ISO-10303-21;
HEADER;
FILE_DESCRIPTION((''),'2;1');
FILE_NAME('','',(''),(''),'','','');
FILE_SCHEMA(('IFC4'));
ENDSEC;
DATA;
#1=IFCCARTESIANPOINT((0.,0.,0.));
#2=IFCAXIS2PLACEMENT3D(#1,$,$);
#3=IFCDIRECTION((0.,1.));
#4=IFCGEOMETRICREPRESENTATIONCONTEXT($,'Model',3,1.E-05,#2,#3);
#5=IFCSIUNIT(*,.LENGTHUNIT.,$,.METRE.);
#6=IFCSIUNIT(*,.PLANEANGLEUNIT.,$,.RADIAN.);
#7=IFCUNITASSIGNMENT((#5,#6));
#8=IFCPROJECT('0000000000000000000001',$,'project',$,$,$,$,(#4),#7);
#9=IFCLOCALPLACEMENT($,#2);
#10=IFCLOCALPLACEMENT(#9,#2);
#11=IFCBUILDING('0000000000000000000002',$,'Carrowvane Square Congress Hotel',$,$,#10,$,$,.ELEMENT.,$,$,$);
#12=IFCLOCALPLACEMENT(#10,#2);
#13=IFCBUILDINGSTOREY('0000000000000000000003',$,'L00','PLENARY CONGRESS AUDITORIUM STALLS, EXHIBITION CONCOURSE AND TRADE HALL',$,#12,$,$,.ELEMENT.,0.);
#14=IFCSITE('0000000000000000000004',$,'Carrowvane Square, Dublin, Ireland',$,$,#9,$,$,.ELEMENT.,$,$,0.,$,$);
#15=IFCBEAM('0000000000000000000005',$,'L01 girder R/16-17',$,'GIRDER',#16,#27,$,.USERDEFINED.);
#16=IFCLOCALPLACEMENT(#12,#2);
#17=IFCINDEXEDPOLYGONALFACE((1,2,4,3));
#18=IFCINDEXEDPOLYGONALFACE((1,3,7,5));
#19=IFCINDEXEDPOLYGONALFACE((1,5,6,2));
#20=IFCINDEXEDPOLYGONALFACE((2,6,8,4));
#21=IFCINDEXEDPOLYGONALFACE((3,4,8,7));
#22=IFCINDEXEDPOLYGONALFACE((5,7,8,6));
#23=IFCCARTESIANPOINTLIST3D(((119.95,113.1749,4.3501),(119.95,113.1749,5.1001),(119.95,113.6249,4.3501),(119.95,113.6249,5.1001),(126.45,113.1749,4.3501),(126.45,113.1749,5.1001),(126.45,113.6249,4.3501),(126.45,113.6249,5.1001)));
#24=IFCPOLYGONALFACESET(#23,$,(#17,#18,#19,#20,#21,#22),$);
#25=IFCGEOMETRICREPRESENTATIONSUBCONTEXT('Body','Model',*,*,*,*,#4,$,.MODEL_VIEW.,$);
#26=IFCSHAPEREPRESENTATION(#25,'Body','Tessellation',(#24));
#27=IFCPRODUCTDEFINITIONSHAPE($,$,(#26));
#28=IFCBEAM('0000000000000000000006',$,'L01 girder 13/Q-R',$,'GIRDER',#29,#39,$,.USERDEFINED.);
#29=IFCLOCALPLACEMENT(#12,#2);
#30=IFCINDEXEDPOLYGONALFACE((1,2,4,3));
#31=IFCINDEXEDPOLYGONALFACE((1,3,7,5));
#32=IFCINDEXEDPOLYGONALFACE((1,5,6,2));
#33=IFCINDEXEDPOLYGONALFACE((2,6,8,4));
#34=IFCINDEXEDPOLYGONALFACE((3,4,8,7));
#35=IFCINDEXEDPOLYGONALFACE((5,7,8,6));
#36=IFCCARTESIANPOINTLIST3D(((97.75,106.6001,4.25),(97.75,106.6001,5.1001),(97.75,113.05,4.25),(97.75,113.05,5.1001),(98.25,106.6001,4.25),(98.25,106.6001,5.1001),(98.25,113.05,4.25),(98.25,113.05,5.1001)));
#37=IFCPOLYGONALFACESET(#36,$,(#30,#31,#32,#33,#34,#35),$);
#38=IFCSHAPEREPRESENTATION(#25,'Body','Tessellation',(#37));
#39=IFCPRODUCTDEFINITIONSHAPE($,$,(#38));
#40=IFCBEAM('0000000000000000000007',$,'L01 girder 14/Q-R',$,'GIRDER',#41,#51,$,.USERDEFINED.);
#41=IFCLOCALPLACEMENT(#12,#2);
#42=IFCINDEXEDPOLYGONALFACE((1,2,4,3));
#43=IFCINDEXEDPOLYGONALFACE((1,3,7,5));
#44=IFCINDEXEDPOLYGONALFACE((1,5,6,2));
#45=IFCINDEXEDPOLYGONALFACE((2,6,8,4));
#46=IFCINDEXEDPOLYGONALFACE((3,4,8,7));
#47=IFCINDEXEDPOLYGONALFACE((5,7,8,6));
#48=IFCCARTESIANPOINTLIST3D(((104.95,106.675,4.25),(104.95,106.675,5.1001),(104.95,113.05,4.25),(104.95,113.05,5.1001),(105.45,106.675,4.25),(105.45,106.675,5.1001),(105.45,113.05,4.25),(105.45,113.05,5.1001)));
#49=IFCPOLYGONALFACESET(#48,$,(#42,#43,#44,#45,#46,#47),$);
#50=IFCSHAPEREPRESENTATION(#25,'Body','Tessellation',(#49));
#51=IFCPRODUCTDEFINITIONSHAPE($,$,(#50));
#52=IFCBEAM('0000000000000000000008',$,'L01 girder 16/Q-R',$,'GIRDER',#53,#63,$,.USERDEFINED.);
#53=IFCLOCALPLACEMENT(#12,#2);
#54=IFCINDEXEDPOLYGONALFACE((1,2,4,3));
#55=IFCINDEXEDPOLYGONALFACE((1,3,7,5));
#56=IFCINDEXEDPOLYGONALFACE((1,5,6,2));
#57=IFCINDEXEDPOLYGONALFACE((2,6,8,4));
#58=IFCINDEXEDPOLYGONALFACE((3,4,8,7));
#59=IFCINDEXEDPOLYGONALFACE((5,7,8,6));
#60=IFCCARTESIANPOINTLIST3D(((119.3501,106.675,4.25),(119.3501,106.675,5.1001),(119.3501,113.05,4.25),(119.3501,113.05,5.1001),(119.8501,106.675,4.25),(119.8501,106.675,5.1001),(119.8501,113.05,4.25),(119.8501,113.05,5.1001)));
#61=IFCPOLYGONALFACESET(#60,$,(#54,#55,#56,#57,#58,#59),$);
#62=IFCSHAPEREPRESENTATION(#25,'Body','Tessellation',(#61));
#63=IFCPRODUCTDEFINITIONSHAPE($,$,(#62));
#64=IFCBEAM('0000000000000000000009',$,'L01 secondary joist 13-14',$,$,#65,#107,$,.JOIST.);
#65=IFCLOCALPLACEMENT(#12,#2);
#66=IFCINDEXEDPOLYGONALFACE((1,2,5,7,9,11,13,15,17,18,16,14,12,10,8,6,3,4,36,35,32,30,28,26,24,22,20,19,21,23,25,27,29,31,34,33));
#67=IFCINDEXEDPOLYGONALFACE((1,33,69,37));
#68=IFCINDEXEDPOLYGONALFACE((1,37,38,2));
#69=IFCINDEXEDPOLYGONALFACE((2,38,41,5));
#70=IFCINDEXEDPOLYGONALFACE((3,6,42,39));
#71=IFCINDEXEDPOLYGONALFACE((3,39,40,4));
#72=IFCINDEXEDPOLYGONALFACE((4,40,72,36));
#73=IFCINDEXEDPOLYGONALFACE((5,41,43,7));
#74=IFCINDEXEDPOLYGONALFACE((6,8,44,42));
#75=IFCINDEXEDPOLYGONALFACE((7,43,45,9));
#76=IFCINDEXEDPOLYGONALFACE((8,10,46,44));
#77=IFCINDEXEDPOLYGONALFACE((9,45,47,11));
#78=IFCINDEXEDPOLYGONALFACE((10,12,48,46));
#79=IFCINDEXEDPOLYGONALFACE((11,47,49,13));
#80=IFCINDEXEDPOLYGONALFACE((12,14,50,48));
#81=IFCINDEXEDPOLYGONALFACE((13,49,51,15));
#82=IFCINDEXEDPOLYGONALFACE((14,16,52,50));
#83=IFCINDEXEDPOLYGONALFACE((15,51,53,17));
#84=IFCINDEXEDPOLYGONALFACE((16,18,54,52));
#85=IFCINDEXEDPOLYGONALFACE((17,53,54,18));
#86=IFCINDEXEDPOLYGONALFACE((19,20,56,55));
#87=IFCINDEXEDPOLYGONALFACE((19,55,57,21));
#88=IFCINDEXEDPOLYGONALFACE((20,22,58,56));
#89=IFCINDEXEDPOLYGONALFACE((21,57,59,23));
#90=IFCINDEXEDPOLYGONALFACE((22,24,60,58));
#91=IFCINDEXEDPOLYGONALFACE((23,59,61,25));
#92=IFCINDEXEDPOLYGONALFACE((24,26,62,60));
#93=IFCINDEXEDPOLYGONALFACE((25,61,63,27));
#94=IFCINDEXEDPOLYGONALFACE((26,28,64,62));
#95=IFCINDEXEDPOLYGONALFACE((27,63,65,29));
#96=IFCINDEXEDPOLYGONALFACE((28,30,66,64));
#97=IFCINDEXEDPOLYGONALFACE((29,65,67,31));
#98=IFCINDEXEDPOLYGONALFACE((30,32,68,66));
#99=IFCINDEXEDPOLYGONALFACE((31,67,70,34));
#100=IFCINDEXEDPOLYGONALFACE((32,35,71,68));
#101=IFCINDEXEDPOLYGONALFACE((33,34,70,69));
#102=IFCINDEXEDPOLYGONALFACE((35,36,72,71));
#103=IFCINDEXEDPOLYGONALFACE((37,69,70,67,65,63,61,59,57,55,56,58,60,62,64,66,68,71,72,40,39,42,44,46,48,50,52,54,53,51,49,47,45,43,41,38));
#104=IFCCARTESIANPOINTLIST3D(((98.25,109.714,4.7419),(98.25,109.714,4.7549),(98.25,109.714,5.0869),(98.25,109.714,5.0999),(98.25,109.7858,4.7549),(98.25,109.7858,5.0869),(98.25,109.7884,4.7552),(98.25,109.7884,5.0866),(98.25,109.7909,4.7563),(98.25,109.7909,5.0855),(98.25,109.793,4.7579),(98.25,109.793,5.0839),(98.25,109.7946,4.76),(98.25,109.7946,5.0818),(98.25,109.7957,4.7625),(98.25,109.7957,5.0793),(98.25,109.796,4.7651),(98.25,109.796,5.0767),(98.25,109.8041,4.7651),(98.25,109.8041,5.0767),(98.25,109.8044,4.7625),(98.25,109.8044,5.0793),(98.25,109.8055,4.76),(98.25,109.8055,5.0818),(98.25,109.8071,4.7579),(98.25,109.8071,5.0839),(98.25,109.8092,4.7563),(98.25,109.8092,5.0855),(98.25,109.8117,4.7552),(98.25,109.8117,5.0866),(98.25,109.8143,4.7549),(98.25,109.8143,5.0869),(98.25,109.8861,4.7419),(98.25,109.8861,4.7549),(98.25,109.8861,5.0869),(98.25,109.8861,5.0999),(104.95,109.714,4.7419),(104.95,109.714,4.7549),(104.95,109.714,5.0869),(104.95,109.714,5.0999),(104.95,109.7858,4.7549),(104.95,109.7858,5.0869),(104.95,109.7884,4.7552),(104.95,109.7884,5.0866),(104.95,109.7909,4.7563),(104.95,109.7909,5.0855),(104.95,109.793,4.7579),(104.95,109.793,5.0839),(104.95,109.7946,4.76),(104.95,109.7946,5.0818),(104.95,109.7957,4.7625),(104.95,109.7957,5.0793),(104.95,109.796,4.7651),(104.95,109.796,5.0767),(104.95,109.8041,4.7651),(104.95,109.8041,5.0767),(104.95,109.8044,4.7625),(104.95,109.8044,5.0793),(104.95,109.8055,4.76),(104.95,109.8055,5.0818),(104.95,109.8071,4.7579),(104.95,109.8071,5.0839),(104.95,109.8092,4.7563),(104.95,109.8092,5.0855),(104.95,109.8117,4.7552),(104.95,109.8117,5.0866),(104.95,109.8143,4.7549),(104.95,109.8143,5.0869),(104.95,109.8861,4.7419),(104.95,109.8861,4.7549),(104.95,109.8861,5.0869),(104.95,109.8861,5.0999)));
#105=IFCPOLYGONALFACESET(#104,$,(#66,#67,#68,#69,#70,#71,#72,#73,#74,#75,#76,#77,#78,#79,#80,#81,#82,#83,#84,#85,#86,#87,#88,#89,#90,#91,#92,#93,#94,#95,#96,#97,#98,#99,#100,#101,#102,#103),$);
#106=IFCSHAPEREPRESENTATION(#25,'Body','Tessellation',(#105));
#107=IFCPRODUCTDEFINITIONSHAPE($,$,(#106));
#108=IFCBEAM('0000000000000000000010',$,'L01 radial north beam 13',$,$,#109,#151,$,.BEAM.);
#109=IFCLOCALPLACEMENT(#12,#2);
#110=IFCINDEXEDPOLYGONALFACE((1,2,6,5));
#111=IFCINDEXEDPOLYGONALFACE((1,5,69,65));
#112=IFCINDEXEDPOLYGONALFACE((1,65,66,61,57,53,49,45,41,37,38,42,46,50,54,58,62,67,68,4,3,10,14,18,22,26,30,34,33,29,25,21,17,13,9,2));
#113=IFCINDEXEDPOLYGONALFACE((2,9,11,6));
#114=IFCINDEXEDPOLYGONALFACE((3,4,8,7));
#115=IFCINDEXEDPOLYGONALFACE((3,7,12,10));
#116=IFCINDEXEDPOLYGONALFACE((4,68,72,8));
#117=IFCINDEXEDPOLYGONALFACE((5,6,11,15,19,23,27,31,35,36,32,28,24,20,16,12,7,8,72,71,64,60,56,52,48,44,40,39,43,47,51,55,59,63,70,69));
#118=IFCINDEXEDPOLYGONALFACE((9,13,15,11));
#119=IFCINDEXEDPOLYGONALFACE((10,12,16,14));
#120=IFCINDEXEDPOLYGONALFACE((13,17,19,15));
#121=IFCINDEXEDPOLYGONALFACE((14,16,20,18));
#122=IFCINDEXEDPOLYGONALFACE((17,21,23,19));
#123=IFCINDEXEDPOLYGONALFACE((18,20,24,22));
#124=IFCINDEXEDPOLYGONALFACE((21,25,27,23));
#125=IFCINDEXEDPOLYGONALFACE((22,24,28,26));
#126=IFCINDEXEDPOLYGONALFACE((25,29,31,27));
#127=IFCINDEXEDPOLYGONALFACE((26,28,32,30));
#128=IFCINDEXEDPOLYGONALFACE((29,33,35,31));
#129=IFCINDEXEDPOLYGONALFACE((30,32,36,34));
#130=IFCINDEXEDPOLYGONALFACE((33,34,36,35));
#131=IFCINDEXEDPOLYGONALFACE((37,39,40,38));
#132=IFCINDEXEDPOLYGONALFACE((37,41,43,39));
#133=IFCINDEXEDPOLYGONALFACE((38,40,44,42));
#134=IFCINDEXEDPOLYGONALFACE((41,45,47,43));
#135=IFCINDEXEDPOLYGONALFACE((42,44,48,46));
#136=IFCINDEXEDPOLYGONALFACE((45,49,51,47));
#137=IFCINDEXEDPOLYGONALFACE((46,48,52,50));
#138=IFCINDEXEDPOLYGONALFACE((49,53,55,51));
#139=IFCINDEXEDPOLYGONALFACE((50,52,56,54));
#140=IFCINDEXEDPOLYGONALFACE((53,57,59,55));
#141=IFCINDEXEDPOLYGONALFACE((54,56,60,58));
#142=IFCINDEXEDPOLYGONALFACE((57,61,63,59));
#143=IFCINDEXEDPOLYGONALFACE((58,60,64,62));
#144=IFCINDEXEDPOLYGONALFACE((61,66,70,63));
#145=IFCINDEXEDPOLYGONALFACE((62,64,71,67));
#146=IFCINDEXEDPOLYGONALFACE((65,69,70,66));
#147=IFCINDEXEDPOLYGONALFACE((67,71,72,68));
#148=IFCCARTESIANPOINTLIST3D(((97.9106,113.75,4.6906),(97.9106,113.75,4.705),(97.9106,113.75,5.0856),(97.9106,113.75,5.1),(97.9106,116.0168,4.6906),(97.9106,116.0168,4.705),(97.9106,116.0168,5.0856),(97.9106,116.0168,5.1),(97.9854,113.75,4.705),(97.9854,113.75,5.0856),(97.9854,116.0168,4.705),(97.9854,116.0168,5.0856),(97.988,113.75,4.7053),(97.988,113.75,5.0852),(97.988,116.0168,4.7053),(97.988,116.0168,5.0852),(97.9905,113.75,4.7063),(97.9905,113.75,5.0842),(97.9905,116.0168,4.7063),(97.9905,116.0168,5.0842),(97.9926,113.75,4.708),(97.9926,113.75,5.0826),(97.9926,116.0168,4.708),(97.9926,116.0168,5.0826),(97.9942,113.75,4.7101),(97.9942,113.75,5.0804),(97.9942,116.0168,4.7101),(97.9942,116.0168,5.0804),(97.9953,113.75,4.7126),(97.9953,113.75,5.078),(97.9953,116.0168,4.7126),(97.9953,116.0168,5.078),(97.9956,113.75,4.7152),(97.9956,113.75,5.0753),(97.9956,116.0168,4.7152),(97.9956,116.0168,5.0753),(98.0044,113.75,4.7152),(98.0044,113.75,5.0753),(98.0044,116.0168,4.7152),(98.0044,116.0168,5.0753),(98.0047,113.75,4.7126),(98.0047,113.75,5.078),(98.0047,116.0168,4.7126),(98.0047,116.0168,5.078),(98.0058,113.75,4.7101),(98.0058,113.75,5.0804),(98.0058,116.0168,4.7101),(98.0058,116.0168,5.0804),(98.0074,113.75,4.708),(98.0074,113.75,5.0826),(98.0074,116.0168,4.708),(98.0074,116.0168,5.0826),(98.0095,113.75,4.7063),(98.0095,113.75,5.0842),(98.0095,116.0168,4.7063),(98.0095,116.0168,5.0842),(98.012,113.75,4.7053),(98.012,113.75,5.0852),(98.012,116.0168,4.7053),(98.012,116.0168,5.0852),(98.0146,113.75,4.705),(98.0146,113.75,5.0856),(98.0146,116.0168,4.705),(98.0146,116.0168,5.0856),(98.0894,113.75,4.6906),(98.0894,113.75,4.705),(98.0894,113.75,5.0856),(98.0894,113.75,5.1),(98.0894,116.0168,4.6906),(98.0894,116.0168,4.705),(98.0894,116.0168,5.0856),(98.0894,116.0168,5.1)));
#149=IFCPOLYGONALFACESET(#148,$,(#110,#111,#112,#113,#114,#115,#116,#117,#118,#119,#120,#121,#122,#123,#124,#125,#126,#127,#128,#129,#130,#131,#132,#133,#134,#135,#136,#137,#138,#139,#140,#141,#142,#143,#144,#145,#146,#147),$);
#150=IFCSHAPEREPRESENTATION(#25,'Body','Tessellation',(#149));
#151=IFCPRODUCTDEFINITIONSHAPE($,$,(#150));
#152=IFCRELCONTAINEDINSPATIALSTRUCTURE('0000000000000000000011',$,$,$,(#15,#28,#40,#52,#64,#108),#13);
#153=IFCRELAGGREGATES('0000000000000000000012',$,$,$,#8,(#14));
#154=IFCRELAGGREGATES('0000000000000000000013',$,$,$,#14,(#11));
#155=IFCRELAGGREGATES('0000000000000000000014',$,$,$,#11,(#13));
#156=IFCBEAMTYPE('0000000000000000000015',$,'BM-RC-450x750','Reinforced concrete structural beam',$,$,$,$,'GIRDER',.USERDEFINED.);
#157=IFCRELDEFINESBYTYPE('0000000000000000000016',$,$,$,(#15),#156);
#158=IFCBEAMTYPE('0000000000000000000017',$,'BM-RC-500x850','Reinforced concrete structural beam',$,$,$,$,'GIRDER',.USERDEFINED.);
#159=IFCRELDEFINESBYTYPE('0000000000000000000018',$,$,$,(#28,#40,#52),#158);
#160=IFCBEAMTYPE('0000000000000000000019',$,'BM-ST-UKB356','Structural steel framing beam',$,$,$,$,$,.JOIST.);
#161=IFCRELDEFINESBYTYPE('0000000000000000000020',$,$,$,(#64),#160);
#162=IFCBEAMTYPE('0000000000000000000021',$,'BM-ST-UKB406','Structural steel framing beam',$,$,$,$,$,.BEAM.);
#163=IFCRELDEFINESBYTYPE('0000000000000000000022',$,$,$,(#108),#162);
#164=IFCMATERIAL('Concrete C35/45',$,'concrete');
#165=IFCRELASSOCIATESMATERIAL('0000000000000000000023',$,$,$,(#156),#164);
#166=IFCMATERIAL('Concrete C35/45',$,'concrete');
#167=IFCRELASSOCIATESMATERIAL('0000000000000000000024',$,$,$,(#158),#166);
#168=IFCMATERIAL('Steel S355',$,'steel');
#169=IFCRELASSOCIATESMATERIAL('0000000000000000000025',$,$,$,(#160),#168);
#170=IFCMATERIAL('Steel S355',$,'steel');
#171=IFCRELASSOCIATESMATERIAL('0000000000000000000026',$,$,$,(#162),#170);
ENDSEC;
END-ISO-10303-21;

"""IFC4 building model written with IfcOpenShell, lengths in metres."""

from ifc_helpers import new_model, si_unit, direction, frame, origin, origin_2d, place, context, subcontext, project, spatial, rectangle, i_section, extrude, material, material_profile, profile_set, type_object, element, save


model = new_model("IFC4")

# Units and contexts
model_context = context("Model", 3, precision=1e-05, world=origin(), true_north=direction((0.0, 1.0)))
body_context = subcontext(model_context, "Body", "Model", "MODEL_VIEW")
ifc_project = project(units=[si_unit("LENGTHUNIT", "METRE"), si_unit("PLANEANGLEUNIT", "RADIAN")], contexts=[model_context])

# Site, building, storey
site_placement = place(None, origin())
site = spatial("IfcSite", under=ifc_project, at=site_placement, Name="Carrowvane Square, Dublin, Ireland", CompositionType="ELEMENT", RefElevation=0.0)
building_placement = place(site_placement, origin())
building = spatial("IfcBuilding", under=site, at=building_placement, Name="Carrowvane Square Congress Hotel", CompositionType="ELEMENT")
storey_placement = place(building_placement, origin())
storey = spatial("IfcBuildingStorey", under=building, at=storey_placement, Name="L00", Description="PLENARY CONGRESS AUDITORIUM STALLS, EXHIBITION CONCOURSE AND TRADE HALL", CompositionType="ELEMENT", Elevation=0.0)

# Beams
ifc_material_1 = material(Name="Concrete C35/45", Category="concrete")
ifc_material_profile_1 = material_profile(ifc_material_1, rectangle(XDim=0.45, YDim=0.75, at=origin_2d()), Name="RC 450x750")
ifc_profile_set_1 = profile_set([ifc_material_profile_1], Name="Concrete C35/45")
beam_type_1 = type_object("IfcBeamType", Name="BM-RC-450x750", Description="Reinforced concrete structural beam", ElementType="GIRDER", PredefinedType="USERDEFINED", material=ifc_profile_set_1)
for number, where, z_axis, x_axis, name in (
    (1, (119.95, 113.3999, 4.7251), (1.0, 0.0, 0.0), (0.0, 1.0, 0.0), "L01 girder R/16-17"),
):
    element("IfcBeam", number, at=place(storey_placement, frame(where, z_axis=z_axis, x_axis=x_axis)), inside=storey, type_object=beam_type_1, Name=name, ObjectType="GIRDER", PredefinedType="USERDEFINED", context=body_context, shape_type="SweptSolid", body=[
        extrude(rectangle(XDim=0.45, YDim=0.75, at=origin_2d()), origin(), (0.0, 0.0, 1.0), 6.5),
    ])
ifc_material_2 = material(Name="Concrete C35/45", Category="concrete")
ifc_material_profile_2 = material_profile(ifc_material_2, rectangle(XDim=0.5, YDim=0.8501, at=origin_2d()), Name="RC 500x850")
ifc_profile_set_2 = profile_set([ifc_material_profile_2], Name="Concrete C35/45")
beam_type_2 = type_object("IfcBeamType", Name="BM-RC-500x850", Description="Reinforced concrete structural beam", ElementType="GIRDER", PredefinedType="USERDEFINED", material=ifc_profile_set_2)
beam_1_placement = place(storey_placement, frame((98.0, 106.6001, 4.675), z_axis=(0.0, 1.0, 0.0), x_axis=(-1.0, 0.0, 0.0)))
element("IfcBeam", 2, at=beam_1_placement, inside=storey, type_object=beam_type_2, Name="L01 girder 13/Q-R", ObjectType="GIRDER", PredefinedType="USERDEFINED", context=body_context, shape_type="SweptSolid", body=[
    extrude(rectangle(XDim=0.5, YDim=0.8501, at=origin_2d()), origin(), (0.0, 0.0, 1.0), 6.45),
])
for number, where, z_axis, x_axis, name in (
    (3, (105.2, 106.675, 4.675), (0.0, 1.0, 0.0), (-1.0, 0.0, 0.0), "L01 girder 14/Q-R"),
    (4, (119.6001, 106.675, 4.675), (0.0, 1.0, 0.0), (-1.0, 0.0, 0.0), "L01 girder 16/Q-R"),
):
    element("IfcBeam", number, at=place(storey_placement, frame(where, z_axis=z_axis, x_axis=x_axis)), inside=storey, type_object=beam_type_2, Name=name, ObjectType="GIRDER", PredefinedType="USERDEFINED", context=body_context, shape_type="SweptSolid", body=[
        extrude(rectangle(XDim=0.5, YDim=0.8501, at=origin_2d()), origin(), (0.0, 0.0, 1.0), 6.375),
    ])
ifc_material_3 = material(Name="Steel S355", Category="steel")
ifc_material_profile_3 = material_profile(ifc_material_3, i_section(OverallWidth=0.1721, OverallDepth=0.3579, WebThickness=0.0081, FlangeThickness=0.0129, FilletRadius=0.0103, at=origin_2d()), Name="UKB 356x171x57")
ifc_profile_set_3 = profile_set([ifc_material_profile_3], Name="Steel S355")
beam_type_3 = type_object("IfcBeamType", Name="BM-ST-UKB356", Description="Structural steel framing beam", PredefinedType="JOIST", material=ifc_profile_set_3)
beam_2_placement = place(storey_placement, frame((98.25, 109.8, 4.9209), z_axis=(1.0, 0.0, 0.0), x_axis=(0.0, 1.0, 0.0)))
element("IfcBeam", 5, at=beam_2_placement, inside=storey, type_object=beam_type_3, Name="L01 secondary joist 13-14", PredefinedType="JOIST", context=body_context, shape_type="SweptSolid", body=[
    extrude(i_section(OverallWidth=0.1721, OverallDepth=0.3579, WebThickness=0.0081, FlangeThickness=0.0129, FilletRadius=0.0103, at=origin_2d()), origin(), (0.0, 0.0, 1.0), 6.7),
])
ifc_material_4 = material(Name="Steel S355", Category="steel")
ifc_material_profile_4 = material_profile(ifc_material_4, i_section(OverallWidth=0.1787, OverallDepth=0.4094, WebThickness=0.0088, FlangeThickness=0.0144, FilletRadius=0.0103, at=origin_2d()), Name="UKB 406x178x67")
ifc_profile_set_4 = profile_set([ifc_material_profile_4], Name="Steel S355")
beam_type_4 = type_object("IfcBeamType", Name="BM-ST-UKB406", Description="Structural steel framing beam", PredefinedType="BEAM", material=ifc_profile_set_4)
beam_3_placement = place(storey_placement, frame((98.0, 113.75, 4.8953), z_axis=(0.0, 1.0, 0.0), x_axis=(-1.0, 0.0, 0.0)))
element("IfcBeam", 6, at=beam_3_placement, inside=storey, type_object=beam_type_4, Name="L01 radial north beam 13", PredefinedType="BEAM", context=body_context, shape_type="SweptSolid", body=[
    extrude(i_section(OverallWidth=0.1787, OverallDepth=0.4094, WebThickness=0.0088, FlangeThickness=0.0144, FilletRadius=0.0103, at=origin_2d()), origin(), (0.0, 0.0, 1.0), 2.2668),
])

save(model, "model.ifc")
